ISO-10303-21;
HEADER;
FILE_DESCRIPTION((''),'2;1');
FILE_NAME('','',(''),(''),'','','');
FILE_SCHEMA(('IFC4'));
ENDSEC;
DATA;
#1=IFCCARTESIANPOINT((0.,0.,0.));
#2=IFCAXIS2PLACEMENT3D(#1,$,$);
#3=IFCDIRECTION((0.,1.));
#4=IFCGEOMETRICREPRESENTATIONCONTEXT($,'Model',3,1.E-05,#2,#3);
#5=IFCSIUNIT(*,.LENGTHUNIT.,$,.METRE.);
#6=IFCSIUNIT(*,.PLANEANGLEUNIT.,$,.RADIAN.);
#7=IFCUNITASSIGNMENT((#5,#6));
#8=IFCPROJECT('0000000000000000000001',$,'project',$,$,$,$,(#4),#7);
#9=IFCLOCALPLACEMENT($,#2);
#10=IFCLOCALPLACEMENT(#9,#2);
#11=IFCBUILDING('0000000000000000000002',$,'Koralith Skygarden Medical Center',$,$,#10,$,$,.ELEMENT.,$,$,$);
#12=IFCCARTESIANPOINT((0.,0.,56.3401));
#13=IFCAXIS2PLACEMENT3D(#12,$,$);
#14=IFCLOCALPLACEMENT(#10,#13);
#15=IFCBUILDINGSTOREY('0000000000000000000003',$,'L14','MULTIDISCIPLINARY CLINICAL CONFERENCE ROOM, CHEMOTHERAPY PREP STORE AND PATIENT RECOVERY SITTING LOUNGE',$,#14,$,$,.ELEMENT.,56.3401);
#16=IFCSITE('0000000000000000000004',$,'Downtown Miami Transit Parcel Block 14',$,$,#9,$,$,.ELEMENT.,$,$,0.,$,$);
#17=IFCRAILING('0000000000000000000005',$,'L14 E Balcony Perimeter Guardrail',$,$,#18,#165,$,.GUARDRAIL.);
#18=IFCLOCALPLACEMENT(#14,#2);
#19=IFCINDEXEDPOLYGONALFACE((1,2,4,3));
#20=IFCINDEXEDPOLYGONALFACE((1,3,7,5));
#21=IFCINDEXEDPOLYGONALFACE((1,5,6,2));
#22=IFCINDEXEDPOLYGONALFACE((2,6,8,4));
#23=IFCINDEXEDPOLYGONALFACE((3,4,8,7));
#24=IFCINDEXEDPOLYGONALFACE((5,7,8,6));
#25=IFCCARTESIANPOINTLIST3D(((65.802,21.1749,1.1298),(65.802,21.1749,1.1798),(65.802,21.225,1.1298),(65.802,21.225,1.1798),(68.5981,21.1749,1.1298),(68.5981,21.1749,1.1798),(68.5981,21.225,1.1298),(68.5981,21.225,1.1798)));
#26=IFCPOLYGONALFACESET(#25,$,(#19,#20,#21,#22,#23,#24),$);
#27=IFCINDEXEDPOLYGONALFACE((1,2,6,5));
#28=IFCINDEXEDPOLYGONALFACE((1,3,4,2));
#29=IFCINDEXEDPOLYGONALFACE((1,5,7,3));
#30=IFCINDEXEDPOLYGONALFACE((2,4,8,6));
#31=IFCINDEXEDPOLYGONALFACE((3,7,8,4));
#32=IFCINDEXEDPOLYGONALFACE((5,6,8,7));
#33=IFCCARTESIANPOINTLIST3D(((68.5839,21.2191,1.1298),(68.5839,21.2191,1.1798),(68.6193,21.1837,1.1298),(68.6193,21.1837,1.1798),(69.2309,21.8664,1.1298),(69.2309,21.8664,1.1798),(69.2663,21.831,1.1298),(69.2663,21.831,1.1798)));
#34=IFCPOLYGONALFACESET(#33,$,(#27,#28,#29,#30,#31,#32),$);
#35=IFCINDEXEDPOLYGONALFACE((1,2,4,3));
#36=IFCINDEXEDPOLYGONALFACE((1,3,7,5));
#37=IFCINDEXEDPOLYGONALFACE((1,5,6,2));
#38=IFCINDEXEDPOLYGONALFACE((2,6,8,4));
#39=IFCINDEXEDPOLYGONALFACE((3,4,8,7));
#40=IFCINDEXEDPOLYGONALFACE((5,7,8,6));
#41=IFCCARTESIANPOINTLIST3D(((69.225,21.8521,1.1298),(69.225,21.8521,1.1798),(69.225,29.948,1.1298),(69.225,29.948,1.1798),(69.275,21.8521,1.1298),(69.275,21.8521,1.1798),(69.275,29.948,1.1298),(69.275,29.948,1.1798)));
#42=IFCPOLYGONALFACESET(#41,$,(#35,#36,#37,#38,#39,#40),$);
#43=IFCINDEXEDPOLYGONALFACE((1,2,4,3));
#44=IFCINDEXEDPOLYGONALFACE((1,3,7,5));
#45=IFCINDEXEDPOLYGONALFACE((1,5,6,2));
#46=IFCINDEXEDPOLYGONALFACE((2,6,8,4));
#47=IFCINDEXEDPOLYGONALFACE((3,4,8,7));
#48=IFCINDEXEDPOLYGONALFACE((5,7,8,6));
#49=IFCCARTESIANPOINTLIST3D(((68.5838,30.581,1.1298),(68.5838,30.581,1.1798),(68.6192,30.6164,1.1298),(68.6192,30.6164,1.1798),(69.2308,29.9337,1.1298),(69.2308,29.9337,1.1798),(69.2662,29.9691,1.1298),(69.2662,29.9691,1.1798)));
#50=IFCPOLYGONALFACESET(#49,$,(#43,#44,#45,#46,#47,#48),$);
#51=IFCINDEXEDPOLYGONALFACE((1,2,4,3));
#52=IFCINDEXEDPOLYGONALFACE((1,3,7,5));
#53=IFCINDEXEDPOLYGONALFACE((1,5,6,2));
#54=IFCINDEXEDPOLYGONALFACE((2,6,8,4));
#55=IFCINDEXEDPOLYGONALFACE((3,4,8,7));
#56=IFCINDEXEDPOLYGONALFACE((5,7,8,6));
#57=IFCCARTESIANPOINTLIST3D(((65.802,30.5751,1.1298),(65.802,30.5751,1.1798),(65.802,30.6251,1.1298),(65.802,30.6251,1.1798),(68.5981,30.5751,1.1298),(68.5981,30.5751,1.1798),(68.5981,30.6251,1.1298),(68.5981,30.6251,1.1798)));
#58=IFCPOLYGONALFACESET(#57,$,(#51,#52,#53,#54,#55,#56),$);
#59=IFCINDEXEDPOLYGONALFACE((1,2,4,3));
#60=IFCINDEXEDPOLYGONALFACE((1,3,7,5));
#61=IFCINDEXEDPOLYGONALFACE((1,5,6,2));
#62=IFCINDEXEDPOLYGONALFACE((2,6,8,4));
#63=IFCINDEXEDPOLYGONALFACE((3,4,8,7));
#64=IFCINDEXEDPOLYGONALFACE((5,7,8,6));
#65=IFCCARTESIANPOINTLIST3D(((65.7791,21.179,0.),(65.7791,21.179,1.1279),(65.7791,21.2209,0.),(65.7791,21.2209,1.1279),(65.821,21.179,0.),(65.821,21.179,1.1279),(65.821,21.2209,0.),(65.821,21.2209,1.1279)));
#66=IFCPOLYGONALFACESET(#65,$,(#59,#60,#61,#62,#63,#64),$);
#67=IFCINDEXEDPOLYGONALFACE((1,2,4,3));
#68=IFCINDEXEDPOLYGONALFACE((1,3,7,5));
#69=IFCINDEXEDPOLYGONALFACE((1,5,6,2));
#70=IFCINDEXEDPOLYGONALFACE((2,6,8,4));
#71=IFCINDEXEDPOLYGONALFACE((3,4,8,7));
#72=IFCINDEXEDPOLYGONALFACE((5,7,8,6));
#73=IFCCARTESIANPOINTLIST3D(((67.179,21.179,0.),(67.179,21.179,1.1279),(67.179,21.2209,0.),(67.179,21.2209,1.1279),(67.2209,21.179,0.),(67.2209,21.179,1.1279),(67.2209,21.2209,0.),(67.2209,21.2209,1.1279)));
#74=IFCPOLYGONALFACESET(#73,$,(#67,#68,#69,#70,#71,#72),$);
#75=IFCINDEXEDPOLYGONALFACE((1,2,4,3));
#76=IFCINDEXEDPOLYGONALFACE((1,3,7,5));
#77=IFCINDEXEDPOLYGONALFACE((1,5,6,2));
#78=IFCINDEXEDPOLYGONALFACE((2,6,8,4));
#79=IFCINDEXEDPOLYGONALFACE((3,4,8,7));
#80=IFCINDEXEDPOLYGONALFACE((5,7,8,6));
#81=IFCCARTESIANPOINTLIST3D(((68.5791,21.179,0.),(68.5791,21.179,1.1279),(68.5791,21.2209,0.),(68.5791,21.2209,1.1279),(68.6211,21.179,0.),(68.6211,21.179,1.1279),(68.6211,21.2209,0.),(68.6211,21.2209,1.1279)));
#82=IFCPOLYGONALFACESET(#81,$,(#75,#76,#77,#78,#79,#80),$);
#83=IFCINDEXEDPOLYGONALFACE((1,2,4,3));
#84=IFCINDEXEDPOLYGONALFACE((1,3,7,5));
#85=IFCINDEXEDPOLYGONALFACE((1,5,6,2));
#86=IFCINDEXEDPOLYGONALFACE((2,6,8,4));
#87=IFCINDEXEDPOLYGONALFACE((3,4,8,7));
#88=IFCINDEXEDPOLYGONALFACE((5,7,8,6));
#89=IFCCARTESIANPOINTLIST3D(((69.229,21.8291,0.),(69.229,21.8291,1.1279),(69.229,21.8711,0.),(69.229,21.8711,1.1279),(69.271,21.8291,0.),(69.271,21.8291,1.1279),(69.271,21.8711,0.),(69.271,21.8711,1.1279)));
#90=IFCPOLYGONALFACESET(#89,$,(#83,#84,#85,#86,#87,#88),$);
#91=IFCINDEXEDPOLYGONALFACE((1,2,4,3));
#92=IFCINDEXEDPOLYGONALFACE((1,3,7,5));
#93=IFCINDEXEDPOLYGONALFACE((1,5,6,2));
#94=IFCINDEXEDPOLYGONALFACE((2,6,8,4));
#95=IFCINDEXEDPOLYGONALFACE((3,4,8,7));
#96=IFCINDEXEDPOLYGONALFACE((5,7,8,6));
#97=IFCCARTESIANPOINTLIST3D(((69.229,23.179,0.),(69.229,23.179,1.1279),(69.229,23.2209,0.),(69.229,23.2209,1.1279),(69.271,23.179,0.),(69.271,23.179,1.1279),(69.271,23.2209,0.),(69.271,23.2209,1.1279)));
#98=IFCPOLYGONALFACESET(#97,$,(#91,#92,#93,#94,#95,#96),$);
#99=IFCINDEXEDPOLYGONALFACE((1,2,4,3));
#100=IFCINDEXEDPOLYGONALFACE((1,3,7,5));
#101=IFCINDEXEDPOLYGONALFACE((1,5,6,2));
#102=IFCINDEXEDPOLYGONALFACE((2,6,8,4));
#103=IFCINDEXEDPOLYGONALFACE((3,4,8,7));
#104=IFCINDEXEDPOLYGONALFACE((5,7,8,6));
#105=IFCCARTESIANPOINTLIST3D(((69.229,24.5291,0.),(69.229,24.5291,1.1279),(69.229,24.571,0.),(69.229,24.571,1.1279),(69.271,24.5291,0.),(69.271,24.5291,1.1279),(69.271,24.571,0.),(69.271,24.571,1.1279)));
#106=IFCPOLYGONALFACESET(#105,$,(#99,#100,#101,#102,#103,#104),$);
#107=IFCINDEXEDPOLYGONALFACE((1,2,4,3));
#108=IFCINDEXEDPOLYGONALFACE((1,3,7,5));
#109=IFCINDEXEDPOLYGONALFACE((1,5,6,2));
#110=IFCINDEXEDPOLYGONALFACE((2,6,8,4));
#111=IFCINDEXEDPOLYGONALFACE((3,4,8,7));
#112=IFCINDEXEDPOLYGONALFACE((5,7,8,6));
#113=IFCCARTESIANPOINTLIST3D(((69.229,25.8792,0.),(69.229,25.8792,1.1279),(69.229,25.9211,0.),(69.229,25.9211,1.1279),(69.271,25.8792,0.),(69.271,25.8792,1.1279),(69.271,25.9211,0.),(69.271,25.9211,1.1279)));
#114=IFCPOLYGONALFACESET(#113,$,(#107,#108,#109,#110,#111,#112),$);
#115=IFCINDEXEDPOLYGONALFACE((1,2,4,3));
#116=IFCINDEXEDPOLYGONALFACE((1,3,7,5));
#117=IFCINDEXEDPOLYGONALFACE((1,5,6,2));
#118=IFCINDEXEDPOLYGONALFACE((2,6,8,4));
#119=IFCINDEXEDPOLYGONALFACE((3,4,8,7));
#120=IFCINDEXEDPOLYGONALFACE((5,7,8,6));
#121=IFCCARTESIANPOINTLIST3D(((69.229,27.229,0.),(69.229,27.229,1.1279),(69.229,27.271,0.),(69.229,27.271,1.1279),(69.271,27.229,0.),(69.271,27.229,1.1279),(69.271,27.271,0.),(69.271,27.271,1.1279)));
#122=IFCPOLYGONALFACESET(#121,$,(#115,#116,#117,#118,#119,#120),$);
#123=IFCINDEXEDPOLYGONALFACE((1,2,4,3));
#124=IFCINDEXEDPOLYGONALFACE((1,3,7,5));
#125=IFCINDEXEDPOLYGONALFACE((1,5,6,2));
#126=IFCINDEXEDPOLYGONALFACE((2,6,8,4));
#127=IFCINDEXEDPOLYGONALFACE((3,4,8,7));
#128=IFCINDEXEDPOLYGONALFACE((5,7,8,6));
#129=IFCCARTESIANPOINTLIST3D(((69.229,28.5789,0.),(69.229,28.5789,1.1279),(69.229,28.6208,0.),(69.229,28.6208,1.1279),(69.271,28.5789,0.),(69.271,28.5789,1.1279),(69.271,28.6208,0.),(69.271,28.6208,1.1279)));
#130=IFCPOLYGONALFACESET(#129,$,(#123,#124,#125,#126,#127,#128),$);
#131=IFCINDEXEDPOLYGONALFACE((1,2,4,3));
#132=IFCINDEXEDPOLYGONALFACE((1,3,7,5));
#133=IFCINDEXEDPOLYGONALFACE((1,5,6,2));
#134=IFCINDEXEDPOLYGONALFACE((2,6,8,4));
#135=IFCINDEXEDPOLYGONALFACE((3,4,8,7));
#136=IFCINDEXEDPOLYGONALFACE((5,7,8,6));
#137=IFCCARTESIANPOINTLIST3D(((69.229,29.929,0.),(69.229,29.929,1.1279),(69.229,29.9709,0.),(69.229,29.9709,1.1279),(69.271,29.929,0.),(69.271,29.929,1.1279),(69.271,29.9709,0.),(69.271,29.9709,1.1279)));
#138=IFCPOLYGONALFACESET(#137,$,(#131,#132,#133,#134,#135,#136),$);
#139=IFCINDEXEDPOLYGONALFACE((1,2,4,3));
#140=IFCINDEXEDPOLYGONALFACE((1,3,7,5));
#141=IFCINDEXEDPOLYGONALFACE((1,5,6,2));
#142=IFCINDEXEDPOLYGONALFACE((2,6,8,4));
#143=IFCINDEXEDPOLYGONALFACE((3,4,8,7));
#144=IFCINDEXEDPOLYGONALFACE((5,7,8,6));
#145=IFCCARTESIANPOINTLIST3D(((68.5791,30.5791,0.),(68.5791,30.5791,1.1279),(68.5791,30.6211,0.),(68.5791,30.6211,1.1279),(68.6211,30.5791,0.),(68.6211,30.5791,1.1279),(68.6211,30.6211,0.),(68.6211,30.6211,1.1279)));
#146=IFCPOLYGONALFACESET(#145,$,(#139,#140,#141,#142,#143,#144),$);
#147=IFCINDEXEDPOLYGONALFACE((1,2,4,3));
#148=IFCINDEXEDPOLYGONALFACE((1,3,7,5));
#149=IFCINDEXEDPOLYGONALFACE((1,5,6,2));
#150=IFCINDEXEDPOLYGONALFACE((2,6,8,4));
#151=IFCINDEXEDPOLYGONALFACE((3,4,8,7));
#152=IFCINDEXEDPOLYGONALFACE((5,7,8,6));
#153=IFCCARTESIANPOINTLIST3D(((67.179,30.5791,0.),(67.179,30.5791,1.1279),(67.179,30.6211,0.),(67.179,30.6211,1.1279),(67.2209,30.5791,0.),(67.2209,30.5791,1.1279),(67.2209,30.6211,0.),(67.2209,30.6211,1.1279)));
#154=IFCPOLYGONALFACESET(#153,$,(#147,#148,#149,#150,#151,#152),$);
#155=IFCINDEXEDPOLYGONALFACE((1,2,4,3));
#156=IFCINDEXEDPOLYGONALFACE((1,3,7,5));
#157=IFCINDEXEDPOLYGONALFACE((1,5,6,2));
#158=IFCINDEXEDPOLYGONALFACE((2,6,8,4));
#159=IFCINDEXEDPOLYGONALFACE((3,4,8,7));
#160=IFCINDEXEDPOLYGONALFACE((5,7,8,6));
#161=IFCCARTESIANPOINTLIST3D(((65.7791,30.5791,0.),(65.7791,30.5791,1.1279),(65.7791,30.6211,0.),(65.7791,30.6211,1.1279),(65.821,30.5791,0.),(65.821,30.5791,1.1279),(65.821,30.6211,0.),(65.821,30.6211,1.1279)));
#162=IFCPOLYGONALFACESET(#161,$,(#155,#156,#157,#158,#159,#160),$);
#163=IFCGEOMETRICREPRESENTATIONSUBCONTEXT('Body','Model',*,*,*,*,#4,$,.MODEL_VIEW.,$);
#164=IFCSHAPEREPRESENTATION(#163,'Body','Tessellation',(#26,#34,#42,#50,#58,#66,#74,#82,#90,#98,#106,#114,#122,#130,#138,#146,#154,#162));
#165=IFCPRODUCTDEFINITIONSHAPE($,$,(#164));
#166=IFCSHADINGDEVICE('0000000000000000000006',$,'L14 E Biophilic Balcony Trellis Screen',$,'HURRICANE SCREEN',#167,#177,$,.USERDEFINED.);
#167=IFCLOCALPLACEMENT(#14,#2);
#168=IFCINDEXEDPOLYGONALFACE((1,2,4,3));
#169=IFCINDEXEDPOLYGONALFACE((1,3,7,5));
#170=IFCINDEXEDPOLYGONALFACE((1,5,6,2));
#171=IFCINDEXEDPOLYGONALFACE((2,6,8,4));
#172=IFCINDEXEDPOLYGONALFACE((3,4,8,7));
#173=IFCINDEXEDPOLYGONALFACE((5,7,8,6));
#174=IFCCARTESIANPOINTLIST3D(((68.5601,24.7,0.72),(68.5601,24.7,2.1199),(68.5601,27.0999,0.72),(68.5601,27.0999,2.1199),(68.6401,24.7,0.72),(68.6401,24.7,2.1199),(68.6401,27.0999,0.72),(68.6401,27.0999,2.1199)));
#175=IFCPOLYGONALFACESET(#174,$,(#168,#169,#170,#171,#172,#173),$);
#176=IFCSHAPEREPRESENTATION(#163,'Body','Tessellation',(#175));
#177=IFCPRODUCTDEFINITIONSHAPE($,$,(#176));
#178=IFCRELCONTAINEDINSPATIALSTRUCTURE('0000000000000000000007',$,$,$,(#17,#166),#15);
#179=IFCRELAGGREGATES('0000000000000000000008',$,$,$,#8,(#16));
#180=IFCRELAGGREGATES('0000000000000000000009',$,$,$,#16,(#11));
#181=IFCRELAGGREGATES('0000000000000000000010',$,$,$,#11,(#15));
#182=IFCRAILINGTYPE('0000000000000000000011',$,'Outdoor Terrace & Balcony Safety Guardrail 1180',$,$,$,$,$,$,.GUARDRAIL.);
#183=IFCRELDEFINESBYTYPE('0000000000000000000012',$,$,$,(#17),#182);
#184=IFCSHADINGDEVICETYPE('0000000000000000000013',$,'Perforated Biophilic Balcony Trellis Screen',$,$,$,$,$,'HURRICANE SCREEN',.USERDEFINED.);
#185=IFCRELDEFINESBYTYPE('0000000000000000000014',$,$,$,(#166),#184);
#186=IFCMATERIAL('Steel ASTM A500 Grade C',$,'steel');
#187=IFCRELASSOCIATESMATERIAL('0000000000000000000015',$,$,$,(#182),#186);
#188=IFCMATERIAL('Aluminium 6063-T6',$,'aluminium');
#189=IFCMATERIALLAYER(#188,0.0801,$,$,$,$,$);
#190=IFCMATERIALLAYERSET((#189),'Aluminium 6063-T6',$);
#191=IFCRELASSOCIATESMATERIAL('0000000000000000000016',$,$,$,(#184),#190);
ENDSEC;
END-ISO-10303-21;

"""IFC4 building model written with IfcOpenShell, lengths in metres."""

from ifc_helpers import new_model, si_unit, direction, frame, origin, origin_2d, place, context, subcontext, project, spatial, rectangle, extrude, material, layer, layer_set, type_object, element, save


model = new_model("IFC4")

# Units and contexts
model_context = context("Model", 3, precision=1e-05, world=origin(), true_north=direction((0.0, 1.0)))
body_context = subcontext(model_context, "Body", "Model", "MODEL_VIEW")
ifc_project = project(units=[si_unit("LENGTHUNIT", "METRE"), si_unit("PLANEANGLEUNIT", "RADIAN")], contexts=[model_context])

# Site, building, storey
site_placement = place(None, origin())
site = spatial("IfcSite", under=ifc_project, at=site_placement, Name="Downtown Miami Transit Parcel Block 14", CompositionType="ELEMENT", RefElevation=0.0)
building_placement = place(site_placement, origin())
building = spatial("IfcBuilding", under=site, at=building_placement, Name="Koralith Skygarden Medical Center", CompositionType="ELEMENT")
storey_placement = place(building_placement, frame((0.0, 0.0, 56.3401)))
storey = spatial("IfcBuildingStorey", under=building, at=storey_placement, Name="L14", Description="MULTIDISCIPLINARY CLINICAL CONFERENCE ROOM, CHEMOTHERAPY PREP STORE AND PATIENT RECOVERY SITTING LOUNGE", CompositionType="ELEMENT", Elevation=56.3401)

# Shared definitions
ifc_material_1 = material(Name="Aluminium 6063-T6", Category="aluminium")

# Railing
ifc_material_2 = material(Name="Steel ASTM A500 Grade C", Category="steel")
railing_type = type_object("IfcRailingType", Name="Outdoor Terrace & Balcony Safety Guardrail 1180", PredefinedType="GUARDRAIL", material=ifc_material_2)
railing_placement = place(storey_placement, frame((65.8, 21.2, 0.0)))
element("IfcRailing", 1, at=railing_placement, inside=storey, type_object=railing_type, Name="L14 E Balcony Perimeter Guardrail", PredefinedType="GUARDRAIL", context=body_context, shape_type="SweptSolid", body=[
    extrude(rectangle(XDim=0.05, YDim=0.05, at=origin_2d()), frame((0.002, 0.0, 1.1548), z_axis=(1.0, 0.0, 0.0), x_axis=(0.0, 1.0, 0.0)), (0.0, 0.0, 1.0), 2.7961),
    extrude(rectangle(XDim=0.05, YDim=0.05, at=origin_2d()), frame((2.8015, 0.0015, 1.1548), z_axis=(0.706974, 0.70724, 0.0), x_axis=(-0.70724, 0.706974, 0.0)), (0.0, 0.0, 1.0), 0.9153),
    extrude(rectangle(XDim=0.05, YDim=0.05, at=origin_2d()), frame((3.45, 0.6521, 1.1548), z_axis=(0.0, 1.0, 0.0), x_axis=(-1.0, 0.0, 0.0)), (0.0, 0.0, 1.0), 8.0959),
    extrude(rectangle(XDim=0.05, YDim=0.05, at=origin_2d()), frame((3.4485, 8.7515, 1.1548), z_axis=(-0.706974, 0.70724, 0.0), x_axis=(-0.70724, -0.706974, 0.0)), (0.0, 0.0, 1.0), 0.9153),
    extrude(rectangle(XDim=0.05, YDim=0.05, at=origin_2d()), frame((2.7981, 9.4001, 1.1548), z_axis=(-1.0, 0.0, 0.0), x_axis=(0.0, -1.0, 0.0)), (0.0, 0.0, 1.0), 2.7961),
    extrude(rectangle(XDim=0.042, YDim=0.042, at=origin_2d()), origin(), (0.0, 0.0, 1.0), 1.1279),
    extrude(rectangle(XDim=0.042, YDim=0.042, at=origin_2d()), frame((1.3999, 0.0, 0.0)), (0.0, 0.0, 1.0), 1.1279),
    extrude(rectangle(XDim=0.042, YDim=0.042, at=origin_2d()), frame((2.8, 0.0, 0.0)), (0.0, 0.0, 1.0), 1.1279),
    extrude(rectangle(XDim=0.042, YDim=0.042, at=origin_2d()), frame((3.45, 0.6501, 0.0)), (0.0, 0.0, 1.0), 1.1279),
    extrude(rectangle(XDim=0.042, YDim=0.042, at=origin_2d()), frame((3.45, 2.0, 0.0)), (0.0, 0.0, 1.0), 1.1279),
    extrude(rectangle(XDim=0.042, YDim=0.042, at=origin_2d()), frame((3.45, 3.3501, 0.0)), (0.0, 0.0, 1.0), 1.1279),
    extrude(rectangle(XDim=0.042, YDim=0.042, at=origin_2d()), frame((3.45, 4.7002, 0.0)), (0.0, 0.0, 1.0), 1.1279),
    extrude(rectangle(XDim=0.042, YDim=0.042, at=origin_2d()), frame((3.45, 6.05, 0.0)), (0.0, 0.0, 1.0), 1.1279),
    extrude(rectangle(XDim=0.042, YDim=0.042, at=origin_2d()), frame((3.45, 7.3999, 0.0)), (0.0, 0.0, 1.0), 1.1279),
    extrude(rectangle(XDim=0.042, YDim=0.042, at=origin_2d()), frame((3.45, 8.75, 0.0)), (0.0, 0.0, 1.0), 1.1279),
    extrude(rectangle(XDim=0.042, YDim=0.042, at=origin_2d()), frame((2.8, 9.4001, 0.0)), (0.0, 0.0, 1.0), 1.1279),
    extrude(rectangle(XDim=0.042, YDim=0.042, at=origin_2d()), frame((1.3999, 9.4001, 0.0)), (0.0, 0.0, 1.0), 1.1279),
    extrude(rectangle(XDim=0.042, YDim=0.042, at=origin_2d()), frame((0.0, 9.4001, 0.0)), (0.0, 0.0, 1.0), 1.1279),
])

# Shading device
ifc_layer_1 = layer(ifc_material_1, 0.0801)
ifc_layer_set_1 = layer_set([ifc_layer_1], Name="Aluminium 6063-T6")
shading_device_type = type_object("IfcShadingDeviceType", Name="Perforated Biophilic Balcony Trellis Screen", ElementType="HURRICANE SCREEN", PredefinedType="USERDEFINED", material=ifc_layer_set_1)
shading_device_placement = place(storey_placement, frame((68.6001, 25.8999, 0.72), z_axis=(0.0, 0.0, 1.0), x_axis=(0.0, 1.0, 0.0)))
element("IfcShadingDevice", 2, at=shading_device_placement, inside=storey, type_object=shading_device_type, Name="L14 E Biophilic Balcony Trellis Screen", ObjectType="HURRICANE SCREEN", PredefinedType="USERDEFINED", context=body_context, shape_type="SweptSolid", body=[
    extrude(rectangle(XDim=2.3999, YDim=0.0801, at=origin_2d()), origin(), (0.0, 0.0, 1.0), 1.3999),
])

save(model, "model.ifc")
